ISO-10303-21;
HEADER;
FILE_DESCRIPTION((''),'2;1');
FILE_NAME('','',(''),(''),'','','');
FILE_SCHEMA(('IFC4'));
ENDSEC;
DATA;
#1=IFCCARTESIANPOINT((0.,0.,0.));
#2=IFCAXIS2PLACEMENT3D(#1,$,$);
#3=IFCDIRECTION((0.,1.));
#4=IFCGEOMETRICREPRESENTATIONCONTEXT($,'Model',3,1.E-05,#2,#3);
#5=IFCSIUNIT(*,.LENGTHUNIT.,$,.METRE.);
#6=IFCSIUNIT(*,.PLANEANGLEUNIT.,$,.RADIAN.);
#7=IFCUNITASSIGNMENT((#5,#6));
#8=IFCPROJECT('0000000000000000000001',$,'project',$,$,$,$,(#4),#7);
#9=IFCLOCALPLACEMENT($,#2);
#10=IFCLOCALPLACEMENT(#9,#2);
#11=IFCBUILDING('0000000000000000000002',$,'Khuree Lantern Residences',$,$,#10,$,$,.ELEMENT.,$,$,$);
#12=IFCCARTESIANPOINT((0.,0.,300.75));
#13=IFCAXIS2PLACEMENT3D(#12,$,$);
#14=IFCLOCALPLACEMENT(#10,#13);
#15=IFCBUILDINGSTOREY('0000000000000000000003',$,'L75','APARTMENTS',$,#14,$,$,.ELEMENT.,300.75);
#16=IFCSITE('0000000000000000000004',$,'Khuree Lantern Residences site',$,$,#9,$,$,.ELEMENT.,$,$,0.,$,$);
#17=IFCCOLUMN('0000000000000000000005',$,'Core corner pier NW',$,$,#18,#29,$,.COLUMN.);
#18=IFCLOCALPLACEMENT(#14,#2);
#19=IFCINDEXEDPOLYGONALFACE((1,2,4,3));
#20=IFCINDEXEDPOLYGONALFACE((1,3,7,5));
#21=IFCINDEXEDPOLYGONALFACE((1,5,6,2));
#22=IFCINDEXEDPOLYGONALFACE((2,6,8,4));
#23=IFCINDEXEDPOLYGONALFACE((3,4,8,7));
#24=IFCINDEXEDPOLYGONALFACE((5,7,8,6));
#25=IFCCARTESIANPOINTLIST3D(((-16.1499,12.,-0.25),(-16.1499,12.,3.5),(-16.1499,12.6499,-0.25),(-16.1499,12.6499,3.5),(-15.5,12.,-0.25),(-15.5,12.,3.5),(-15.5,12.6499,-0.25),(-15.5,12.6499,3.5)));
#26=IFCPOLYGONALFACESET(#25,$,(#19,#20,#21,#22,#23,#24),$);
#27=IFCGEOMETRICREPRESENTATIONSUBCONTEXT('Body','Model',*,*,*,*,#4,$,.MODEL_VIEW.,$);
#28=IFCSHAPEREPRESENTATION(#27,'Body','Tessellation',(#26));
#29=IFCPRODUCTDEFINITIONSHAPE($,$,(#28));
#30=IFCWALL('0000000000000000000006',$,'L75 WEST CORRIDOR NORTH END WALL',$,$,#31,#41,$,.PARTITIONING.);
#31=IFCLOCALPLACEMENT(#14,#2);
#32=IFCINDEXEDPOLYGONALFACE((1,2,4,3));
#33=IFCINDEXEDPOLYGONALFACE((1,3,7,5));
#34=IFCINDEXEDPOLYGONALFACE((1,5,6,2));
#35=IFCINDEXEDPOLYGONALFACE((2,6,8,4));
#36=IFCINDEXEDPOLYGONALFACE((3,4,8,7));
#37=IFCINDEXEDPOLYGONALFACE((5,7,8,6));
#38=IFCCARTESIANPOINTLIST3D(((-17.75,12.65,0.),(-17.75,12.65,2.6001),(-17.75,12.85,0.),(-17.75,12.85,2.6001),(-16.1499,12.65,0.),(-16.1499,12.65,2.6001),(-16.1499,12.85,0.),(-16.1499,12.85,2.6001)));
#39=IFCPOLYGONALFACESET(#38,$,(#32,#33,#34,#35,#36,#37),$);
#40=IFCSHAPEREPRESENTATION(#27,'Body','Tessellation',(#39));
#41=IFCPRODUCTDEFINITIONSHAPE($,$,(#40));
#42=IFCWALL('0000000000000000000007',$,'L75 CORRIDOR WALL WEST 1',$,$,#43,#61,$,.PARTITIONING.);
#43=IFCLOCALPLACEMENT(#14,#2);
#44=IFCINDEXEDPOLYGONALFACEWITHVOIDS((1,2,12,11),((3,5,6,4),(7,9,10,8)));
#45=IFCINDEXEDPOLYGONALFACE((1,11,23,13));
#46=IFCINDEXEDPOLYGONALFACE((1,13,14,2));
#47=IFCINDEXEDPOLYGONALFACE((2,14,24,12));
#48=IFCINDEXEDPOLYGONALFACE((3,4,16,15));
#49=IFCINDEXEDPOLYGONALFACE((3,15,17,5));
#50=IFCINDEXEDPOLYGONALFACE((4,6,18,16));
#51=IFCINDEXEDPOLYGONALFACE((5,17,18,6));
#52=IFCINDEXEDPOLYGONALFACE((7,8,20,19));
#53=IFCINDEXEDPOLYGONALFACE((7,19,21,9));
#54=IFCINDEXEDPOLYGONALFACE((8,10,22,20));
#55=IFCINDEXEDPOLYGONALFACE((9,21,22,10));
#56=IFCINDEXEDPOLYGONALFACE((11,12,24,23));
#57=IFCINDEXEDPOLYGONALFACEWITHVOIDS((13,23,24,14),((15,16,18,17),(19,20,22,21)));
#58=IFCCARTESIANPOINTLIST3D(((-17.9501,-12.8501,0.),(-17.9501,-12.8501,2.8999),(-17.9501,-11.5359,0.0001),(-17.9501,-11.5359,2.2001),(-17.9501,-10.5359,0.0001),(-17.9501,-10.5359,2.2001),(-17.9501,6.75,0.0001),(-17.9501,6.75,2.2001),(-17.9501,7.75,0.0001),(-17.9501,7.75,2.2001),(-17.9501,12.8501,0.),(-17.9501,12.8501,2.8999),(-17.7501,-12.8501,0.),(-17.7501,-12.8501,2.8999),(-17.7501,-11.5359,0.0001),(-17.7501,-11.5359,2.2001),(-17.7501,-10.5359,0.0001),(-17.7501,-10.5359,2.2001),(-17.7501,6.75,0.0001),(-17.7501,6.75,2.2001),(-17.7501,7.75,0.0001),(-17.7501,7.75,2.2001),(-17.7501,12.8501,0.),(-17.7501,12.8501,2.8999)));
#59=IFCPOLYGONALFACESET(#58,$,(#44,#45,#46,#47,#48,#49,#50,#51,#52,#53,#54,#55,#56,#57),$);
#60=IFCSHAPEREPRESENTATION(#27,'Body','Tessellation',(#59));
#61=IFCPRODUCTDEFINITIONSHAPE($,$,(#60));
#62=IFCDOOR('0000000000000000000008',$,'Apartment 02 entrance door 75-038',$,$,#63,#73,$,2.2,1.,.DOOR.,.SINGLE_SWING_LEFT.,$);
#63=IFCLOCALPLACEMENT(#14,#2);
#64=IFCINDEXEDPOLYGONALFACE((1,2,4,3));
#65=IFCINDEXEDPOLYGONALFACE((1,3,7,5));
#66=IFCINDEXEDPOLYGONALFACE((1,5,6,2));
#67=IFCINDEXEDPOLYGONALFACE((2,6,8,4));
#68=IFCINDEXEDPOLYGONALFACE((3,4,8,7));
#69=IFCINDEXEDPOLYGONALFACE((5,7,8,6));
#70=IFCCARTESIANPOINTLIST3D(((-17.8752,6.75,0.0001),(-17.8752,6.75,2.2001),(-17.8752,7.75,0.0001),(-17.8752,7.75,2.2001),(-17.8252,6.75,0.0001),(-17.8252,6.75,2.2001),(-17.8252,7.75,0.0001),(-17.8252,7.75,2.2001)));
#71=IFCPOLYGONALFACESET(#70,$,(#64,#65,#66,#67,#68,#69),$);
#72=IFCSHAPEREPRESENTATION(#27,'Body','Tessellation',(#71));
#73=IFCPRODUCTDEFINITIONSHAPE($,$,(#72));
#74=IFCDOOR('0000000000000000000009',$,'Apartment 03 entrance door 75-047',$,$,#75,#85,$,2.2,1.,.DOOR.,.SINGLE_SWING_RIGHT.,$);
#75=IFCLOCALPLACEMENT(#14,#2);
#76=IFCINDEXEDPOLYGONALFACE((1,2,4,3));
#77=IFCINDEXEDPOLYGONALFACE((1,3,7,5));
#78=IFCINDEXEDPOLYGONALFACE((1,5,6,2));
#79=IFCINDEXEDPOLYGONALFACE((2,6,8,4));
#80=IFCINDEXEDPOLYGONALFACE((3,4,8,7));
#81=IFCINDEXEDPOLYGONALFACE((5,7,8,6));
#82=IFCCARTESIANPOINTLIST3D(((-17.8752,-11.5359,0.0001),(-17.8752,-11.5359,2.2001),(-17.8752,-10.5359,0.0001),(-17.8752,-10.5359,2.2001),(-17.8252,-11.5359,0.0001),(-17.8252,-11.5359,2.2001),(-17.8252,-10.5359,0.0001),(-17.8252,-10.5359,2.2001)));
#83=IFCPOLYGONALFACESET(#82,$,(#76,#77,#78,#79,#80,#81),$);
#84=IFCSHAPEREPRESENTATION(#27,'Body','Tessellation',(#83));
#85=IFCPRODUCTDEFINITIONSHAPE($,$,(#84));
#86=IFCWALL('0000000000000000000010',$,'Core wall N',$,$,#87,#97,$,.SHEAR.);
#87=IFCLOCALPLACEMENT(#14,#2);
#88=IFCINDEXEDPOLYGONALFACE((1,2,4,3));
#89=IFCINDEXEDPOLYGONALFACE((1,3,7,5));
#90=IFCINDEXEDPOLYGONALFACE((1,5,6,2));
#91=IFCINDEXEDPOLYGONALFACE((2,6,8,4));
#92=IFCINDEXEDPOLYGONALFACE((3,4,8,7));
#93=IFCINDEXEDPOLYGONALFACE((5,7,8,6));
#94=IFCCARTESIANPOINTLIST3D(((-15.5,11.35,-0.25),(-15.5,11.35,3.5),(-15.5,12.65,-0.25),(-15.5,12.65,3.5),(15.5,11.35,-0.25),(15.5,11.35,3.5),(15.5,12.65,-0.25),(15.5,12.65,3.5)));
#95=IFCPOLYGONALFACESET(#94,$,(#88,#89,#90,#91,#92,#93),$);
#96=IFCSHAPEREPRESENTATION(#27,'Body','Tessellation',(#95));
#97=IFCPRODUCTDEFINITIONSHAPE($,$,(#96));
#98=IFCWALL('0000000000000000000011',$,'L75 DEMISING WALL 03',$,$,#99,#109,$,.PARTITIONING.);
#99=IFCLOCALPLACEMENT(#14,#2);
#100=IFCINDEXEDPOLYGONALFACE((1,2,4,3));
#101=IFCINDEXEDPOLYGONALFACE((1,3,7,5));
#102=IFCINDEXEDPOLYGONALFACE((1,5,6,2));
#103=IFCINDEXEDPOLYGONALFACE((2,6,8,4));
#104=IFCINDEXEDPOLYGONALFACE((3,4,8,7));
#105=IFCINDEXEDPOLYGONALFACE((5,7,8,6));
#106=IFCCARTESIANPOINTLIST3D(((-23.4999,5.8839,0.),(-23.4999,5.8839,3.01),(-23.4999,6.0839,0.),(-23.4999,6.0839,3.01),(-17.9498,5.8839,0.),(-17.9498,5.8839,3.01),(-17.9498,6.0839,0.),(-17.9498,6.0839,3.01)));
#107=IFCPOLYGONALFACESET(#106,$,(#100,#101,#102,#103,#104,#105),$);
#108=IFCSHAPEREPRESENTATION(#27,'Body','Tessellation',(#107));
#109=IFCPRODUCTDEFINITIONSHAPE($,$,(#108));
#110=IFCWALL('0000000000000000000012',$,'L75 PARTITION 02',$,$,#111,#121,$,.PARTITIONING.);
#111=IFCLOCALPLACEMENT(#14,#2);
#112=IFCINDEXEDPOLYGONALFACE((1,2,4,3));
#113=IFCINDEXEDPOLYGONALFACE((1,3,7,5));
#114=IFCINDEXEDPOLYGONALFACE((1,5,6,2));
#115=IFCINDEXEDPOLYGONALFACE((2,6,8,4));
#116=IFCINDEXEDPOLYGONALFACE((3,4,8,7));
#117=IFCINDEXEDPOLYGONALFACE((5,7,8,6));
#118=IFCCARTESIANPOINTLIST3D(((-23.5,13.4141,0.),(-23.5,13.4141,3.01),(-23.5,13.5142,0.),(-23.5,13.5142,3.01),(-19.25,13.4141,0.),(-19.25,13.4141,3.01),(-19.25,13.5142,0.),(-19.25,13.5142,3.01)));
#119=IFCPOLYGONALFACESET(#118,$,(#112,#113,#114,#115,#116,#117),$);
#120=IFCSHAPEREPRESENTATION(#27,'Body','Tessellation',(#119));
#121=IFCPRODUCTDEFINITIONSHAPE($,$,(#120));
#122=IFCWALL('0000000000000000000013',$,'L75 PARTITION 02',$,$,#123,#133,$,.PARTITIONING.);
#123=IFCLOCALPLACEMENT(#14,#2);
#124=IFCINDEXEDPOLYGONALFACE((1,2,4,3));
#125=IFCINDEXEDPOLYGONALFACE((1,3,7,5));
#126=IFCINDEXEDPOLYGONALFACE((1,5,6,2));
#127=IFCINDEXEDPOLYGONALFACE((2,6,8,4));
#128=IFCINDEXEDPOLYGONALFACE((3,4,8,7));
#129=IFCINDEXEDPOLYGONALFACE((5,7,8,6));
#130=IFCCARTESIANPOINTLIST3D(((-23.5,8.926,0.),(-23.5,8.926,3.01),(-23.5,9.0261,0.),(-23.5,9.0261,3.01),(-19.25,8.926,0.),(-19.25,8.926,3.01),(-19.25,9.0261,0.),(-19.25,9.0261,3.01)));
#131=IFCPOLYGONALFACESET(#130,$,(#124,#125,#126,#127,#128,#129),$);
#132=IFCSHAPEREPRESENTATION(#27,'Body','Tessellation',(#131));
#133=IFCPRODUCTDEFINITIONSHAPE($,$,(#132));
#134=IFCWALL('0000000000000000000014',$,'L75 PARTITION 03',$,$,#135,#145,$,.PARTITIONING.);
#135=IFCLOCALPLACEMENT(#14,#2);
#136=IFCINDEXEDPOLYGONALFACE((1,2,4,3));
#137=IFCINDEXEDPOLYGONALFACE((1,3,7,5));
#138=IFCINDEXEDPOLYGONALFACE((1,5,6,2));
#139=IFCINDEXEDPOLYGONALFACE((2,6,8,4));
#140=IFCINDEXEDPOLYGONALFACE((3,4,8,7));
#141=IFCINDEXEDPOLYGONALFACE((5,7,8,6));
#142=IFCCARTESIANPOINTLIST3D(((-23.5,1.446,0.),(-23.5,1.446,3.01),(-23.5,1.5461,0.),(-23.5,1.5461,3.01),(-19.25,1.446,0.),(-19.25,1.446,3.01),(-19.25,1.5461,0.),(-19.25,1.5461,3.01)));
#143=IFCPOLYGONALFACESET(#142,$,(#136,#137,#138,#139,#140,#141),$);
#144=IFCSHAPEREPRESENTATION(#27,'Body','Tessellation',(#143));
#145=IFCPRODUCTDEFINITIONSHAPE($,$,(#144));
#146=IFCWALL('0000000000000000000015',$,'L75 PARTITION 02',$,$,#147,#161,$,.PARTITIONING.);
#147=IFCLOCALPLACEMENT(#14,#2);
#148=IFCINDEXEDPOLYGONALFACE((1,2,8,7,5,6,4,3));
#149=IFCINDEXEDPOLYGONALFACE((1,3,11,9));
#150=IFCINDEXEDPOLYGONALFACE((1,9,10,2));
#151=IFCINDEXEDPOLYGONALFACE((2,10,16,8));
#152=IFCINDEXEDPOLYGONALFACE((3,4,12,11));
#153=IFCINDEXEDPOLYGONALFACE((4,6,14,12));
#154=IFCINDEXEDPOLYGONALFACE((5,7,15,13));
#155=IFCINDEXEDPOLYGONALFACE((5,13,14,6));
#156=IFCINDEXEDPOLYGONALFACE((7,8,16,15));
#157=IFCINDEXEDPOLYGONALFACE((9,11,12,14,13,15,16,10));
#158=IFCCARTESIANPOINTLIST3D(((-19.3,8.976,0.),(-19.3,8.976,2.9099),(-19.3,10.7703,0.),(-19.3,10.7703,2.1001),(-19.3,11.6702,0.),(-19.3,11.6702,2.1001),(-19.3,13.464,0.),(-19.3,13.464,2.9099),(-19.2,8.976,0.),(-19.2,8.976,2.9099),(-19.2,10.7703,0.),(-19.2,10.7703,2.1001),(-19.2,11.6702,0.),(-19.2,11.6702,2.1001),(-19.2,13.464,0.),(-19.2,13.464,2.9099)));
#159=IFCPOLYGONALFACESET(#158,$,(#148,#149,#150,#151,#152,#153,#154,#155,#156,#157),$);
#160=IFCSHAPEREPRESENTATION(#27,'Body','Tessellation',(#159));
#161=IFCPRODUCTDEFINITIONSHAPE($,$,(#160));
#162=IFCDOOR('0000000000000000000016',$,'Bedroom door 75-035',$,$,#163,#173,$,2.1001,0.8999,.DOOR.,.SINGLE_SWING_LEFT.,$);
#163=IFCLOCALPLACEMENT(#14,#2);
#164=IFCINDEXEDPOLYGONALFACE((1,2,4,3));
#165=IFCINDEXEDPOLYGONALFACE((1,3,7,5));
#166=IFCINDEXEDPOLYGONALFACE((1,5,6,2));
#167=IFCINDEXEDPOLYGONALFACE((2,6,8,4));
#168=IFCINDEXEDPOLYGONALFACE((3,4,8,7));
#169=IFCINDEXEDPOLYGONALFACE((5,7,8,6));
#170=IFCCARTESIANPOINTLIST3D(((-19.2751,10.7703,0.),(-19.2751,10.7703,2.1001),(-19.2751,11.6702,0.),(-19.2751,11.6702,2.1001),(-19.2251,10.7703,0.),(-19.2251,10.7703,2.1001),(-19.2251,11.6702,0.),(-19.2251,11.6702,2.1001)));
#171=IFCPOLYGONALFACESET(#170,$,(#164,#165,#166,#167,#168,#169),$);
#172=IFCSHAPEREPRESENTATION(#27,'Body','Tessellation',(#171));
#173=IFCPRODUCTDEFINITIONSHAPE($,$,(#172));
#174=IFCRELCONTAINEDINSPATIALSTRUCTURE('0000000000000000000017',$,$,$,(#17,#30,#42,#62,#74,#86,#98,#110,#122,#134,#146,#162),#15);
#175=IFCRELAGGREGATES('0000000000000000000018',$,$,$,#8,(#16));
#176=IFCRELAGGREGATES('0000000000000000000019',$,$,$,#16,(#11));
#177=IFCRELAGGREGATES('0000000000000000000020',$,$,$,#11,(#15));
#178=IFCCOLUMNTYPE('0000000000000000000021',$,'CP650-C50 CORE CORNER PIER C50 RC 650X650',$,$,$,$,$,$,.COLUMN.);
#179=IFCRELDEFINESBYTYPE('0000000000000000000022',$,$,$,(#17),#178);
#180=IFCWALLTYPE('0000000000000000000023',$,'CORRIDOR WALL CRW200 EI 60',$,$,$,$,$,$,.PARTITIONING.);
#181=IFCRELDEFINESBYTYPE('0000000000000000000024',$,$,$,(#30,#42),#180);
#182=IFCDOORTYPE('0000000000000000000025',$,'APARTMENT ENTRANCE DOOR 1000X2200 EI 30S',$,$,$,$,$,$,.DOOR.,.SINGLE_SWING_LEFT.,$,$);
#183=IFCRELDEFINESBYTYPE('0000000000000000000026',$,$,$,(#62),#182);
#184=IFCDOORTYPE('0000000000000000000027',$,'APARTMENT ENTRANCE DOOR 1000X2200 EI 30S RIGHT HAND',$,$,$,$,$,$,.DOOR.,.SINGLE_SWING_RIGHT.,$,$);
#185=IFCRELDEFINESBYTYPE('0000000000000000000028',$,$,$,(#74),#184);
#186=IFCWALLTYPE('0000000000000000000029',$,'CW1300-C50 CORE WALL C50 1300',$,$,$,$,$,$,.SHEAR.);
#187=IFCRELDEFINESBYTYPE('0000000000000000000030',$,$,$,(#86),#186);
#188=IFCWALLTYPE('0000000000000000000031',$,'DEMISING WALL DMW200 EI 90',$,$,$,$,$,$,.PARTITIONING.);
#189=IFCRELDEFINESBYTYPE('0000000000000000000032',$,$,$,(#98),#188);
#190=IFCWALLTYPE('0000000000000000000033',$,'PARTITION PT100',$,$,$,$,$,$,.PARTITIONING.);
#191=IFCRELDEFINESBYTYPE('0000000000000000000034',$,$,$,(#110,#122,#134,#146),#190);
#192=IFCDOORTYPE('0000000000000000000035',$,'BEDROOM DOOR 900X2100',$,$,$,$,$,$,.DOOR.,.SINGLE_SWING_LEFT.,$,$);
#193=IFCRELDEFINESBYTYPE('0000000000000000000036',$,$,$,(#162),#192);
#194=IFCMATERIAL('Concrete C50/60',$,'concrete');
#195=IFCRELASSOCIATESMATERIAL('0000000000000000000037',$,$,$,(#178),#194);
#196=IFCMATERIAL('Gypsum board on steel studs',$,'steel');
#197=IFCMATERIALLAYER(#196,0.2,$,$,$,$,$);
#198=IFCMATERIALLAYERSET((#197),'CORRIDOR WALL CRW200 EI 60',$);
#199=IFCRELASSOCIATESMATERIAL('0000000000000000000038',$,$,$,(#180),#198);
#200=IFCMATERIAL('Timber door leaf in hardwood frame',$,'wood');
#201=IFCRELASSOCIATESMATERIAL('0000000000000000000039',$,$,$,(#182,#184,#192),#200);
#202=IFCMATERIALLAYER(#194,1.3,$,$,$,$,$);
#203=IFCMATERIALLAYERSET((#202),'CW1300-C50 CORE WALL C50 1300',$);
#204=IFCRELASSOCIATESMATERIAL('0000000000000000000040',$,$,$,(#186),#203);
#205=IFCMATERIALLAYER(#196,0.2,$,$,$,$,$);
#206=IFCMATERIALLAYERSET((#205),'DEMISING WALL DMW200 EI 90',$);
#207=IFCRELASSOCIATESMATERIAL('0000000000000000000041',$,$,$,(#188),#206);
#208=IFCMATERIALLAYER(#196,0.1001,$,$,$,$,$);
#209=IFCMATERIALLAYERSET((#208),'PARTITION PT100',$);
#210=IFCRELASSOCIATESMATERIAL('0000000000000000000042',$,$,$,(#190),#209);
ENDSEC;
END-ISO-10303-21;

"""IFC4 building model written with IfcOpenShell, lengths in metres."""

from ifc_helpers import new_model, si_unit, direction, frame, frame_2d, origin, origin_2d, place, context, subcontext, project, spatial, rectangle, extrude, material, layer, layer_set, material_profile, profile_set, type_object, element, fill, save


model = new_model("IFC4")

# Units and contexts
model_context = context("Model", 3, precision=1e-05, world=origin(), true_north=direction((0.0, 1.0)))
body_context = subcontext(model_context, "Body", "Model", "MODEL_VIEW")
ifc_project = project(units=[si_unit("LENGTHUNIT", "METRE"), si_unit("PLANEANGLEUNIT", "RADIAN")], contexts=[model_context])

# Site, building, storey
site_placement = place(None, origin())
site = spatial("IfcSite", under=ifc_project, at=site_placement, Name="Khuree Lantern Residences site", CompositionType="ELEMENT", RefElevation=0.0)
building_placement = place(site_placement, origin())
building = spatial("IfcBuilding", under=site, at=building_placement, Name="Khuree Lantern Residences", CompositionType="ELEMENT")
storey_placement = place(building_placement, frame((0.0, 0.0, 300.75)))
storey = spatial("IfcBuildingStorey", under=building, at=storey_placement, Name="L75", Description="APARTMENTS", CompositionType="ELEMENT", Elevation=300.75)

# Column
ifc_material_1 = material(Name="Concrete C50/60", Category="concrete")
ifc_material_profile = material_profile(ifc_material_1, rectangle(XDim=0.6499, YDim=0.6499, at=origin_2d()), Name="RC 650X650")
ifc_profile_set = profile_set([ifc_material_profile], Name="Concrete C50/60")
column_type = type_object("IfcColumnType", Name="CP650-C50 CORE CORNER PIER C50 RC 650X650", PredefinedType="COLUMN", material=ifc_profile_set)
column_placement = place(storey_placement, frame((-15.825, 12.325, -0.25), z_axis=(0.0, 0.0, 1.0), x_axis=(1.0, 0.0, 0.0)))
element("IfcColumn", 1, at=column_placement, inside=storey, type_object=column_type, Name="Core corner pier NW", PredefinedType="COLUMN", context=body_context, shape_type="SweptSolid", body=[
    extrude(rectangle(XDim=0.6499, YDim=0.6499, at=origin_2d()), origin(), (0.0, 0.0, 1.0), 3.75),
])

# Wall
ifc_material_2 = material(Name="Gypsum board on steel studs", Category="steel")
ifc_layer_1 = layer(ifc_material_2, 0.2)
ifc_layer_set_1 = layer_set([ifc_layer_1], Name="CORRIDOR WALL CRW200 EI 60")
wall_type_1 = type_object("IfcWallType", Name="CORRIDOR WALL CRW200 EI 60", PredefinedType="PARTITIONING", material=ifc_layer_set_1)
wall_1_placement = place(storey_placement, frame((-16.1499, 12.75, 0.0), z_axis=(0.0, 0.0, 1.0), x_axis=(-1.0, 0.0, 0.0)))
element("IfcWall", 2, at=wall_1_placement, inside=storey, type_object=wall_type_1, Name="L75 WEST CORRIDOR NORTH END WALL", PredefinedType="PARTITIONING", context=body_context, shape_type="SweptSolid", body=[
    extrude(rectangle(XDim=1.6001, YDim=0.2, at=frame_2d((0.8, 0.0))), origin(), (0.0, 0.0, 1.0), 2.6001),
])

# Wall, openings, doors
wall_2_placement = place(storey_placement, frame((-17.8501, 12.8501, 0.0), z_axis=(0.0, 0.0, 1.0), x_axis=(0.0, -1.0, 0.0)))
wall_2 = element("IfcWall", 3, at=wall_2_placement, inside=storey, type_object=wall_type_1, Name="L75 CORRIDOR WALL WEST 1", PredefinedType="PARTITIONING", context=body_context, shape_type="SweptSolid", body=[
    extrude(rectangle(XDim=25.7002, YDim=0.2, at=frame_2d((12.8501, 0.0))), origin(), (0.0, 0.0, 1.0), 2.8999),
])
opening_1_placement = place(wall_2_placement, frame((5.1001, 0.0, 0.0)))
opening_1 = element("IfcOpeningElement", 4, at=opening_1_placement, cuts=wall_2, PredefinedType="OPENING", context=body_context, shape_type="SweptSolid", body=[
    extrude(rectangle(XDim=1.0, YDim=2.2, at=frame_2d((0.5, 1.1001))), frame((0.0, 0.1099, 0.0), z_axis=(0.0, -1.0, 0.0), x_axis=(1.0, 0.0, 0.0)), (0.0, 0.0, 1.0), 0.22),
])
opening_2_placement = place(wall_2_placement, frame((23.386, 0.0, 0.0)))
opening_2 = element("IfcOpeningElement", 5, at=opening_2_placement, cuts=wall_2, PredefinedType="OPENING", context=body_context, shape_type="SweptSolid", body=[
    extrude(rectangle(XDim=1.0, YDim=2.2, at=frame_2d((0.5, 1.1001))), frame((0.0, 0.1099, 0.0), z_axis=(0.0, -1.0, 0.0), x_axis=(1.0, 0.0, 0.0)), (0.0, 0.0, 1.0), 0.22),
])
ifc_material_3 = material(Name="Timber door leaf in hardwood frame", Category="wood")
door_type_1 = type_object("IfcDoorType", Name="APARTMENT ENTRANCE DOOR 1000X2200 EI 30S", OperationType="SINGLE_SWING_LEFT", PredefinedType="DOOR", material=ifc_material_3)
door_1_placement = place(opening_1_placement, origin())
door_1 = element("IfcDoor", 6, at=door_1_placement, inside=storey, type_object=door_type_1, Name="Apartment 02 entrance door 75-038", OperationType="SINGLE_SWING_LEFT", OverallHeight=2.2, OverallWidth=1.0, PredefinedType="DOOR", context=body_context, shape_type="SweptSolid", body=[
    extrude(rectangle(XDim=1.0, YDim=2.2, at=frame_2d((0.5, 1.1001))), frame((0.0, 0.0249, 0.0), z_axis=(0.0, -1.0, 0.0), x_axis=(1.0, 0.0, 0.0)), (0.0, 0.0, 1.0), 0.05),
])
fill(opening_1, door_1)
door_type_2 = type_object("IfcDoorType", Name="APARTMENT ENTRANCE DOOR 1000X2200 EI 30S RIGHT HAND", OperationType="SINGLE_SWING_RIGHT", PredefinedType="DOOR", material=ifc_material_3)
door_2_placement = place(opening_2_placement, origin())
door_2 = element("IfcDoor", 7, at=door_2_placement, inside=storey, type_object=door_type_2, Name="Apartment 03 entrance door 75-047", OperationType="SINGLE_SWING_RIGHT", OverallHeight=2.2, OverallWidth=1.0, PredefinedType="DOOR", context=body_context, shape_type="SweptSolid", body=[
    extrude(rectangle(XDim=1.0, YDim=2.2, at=frame_2d((0.5, 1.1001))), frame((0.0, 0.0249, 0.0), z_axis=(0.0, -1.0, 0.0), x_axis=(1.0, 0.0, 0.0)), (0.0, 0.0, 1.0), 0.05),
])
fill(opening_2, door_2)

# Walls
ifc_layer_2 = layer(ifc_material_1, 1.3)
ifc_layer_set_2 = layer_set([ifc_layer_2], Name="CW1300-C50 CORE WALL C50 1300")
wall_type_2 = type_object("IfcWallType", Name="CW1300-C50 CORE WALL C50 1300", PredefinedType="SHEAR", material=ifc_layer_set_2)
wall_3_placement = place(storey_placement, frame((-15.5, 12.0, -0.25), z_axis=(0.0, 0.0, 1.0), x_axis=(1.0, 0.0, 0.0)))
element("IfcWall", 8, at=wall_3_placement, inside=storey, type_object=wall_type_2, Name="Core wall N", PredefinedType="SHEAR", context=body_context, shape_type="SweptSolid", body=[
    extrude(rectangle(XDim=31.0, YDim=1.3, at=frame_2d((15.5, 0.0))), origin(), (0.0, 0.0, 1.0), 3.75),
])
ifc_layer_3 = layer(ifc_material_2, 0.2)
ifc_layer_set_3 = layer_set([ifc_layer_3], Name="DEMISING WALL DMW200 EI 90")
wall_type_3 = type_object("IfcWallType", Name="DEMISING WALL DMW200 EI 90", PredefinedType="PARTITIONING", material=ifc_layer_set_3)
wall_4_placement = place(storey_placement, frame((-17.95, 5.9839, 0.0), z_axis=(0.0, 0.0, 1.0), x_axis=(-1.0, 0.0, 0.0)))
element("IfcWall", 9, at=wall_4_placement, inside=storey, type_object=wall_type_3, Name="L75 DEMISING WALL 03", PredefinedType="PARTITIONING", context=body_context, shape_type="SweptSolid", body=[
    extrude(rectangle(XDim=5.55, YDim=0.2, at=frame_2d((2.7749, 0.0))), origin(), (0.0, 0.0, 1.0), 3.01),
])
ifc_layer_4 = layer(ifc_material_2, 0.1001)
ifc_layer_set_4 = layer_set([ifc_layer_4], Name="PARTITION PT100")
wall_type_4 = type_object("IfcWallType", Name="PARTITION PT100", PredefinedType="PARTITIONING", material=ifc_layer_set_4)
for number, where, z_axis, x_axis, name in (
    (10, (-19.25, 13.4641, 0.0), (0.0, 0.0, 1.0), (-1.0, 0.0, 0.0), "L75 PARTITION 02"),
    (11, (-19.25, 8.9761, 0.0), (0.0, 0.0, 1.0), (-1.0, 0.0, 0.0), "L75 PARTITION 02"),
    (12, (-19.25, 1.4961, 0.0), (0.0, 0.0, 1.0), (-1.0, 0.0, 0.0), "L75 PARTITION 03"),
):
    element("IfcWall", number, at=place(storey_placement, frame(where, z_axis=z_axis, x_axis=x_axis)), inside=storey, type_object=wall_type_4, Name=name, PredefinedType="PARTITIONING", context=body_context, shape_type="SweptSolid", body=[
        extrude(rectangle(XDim=4.25, YDim=0.1001, at=frame_2d((2.125, 0.0))), origin(), (0.0, 0.0, 1.0), 3.01),
    ])

# Wall, opening, door
wall_5_placement = place(storey_placement, frame((-19.25, 13.4641, 0.0), z_axis=(0.0, 0.0, 1.0), x_axis=(0.0, -1.0, 0.0)))
wall_5 = element("IfcWall", 13, at=wall_5_placement, inside=storey, type_object=wall_type_4, Name="L75 PARTITION 02", PredefinedType="PARTITIONING", context=body_context, shape_type="SweptSolid", body=[
    extrude(rectangle(XDim=4.488, YDim=0.1001, at=frame_2d((2.2441, 0.0))), origin(), (0.0, 0.0, 1.0), 2.9099),
])
opening_3_placement = place(wall_5_placement, frame((1.7939, 0.0, 0.0)))
opening_3 = element("IfcOpeningElement", 14, at=opening_3_placement, cuts=wall_5, PredefinedType="OPENING", context=body_context, shape_type="SweptSolid", body=[
    extrude(rectangle(XDim=0.8999, YDim=2.1001, at=frame_2d((0.45, 1.05))), frame((0.0, 0.0601, 0.0), z_axis=(0.0, -1.0, 0.0), x_axis=(1.0, 0.0, 0.0)), (0.0, 0.0, 1.0), 0.1201),
])
door_type_3 = type_object("IfcDoorType", Name="BEDROOM DOOR 900X2100", OperationType="SINGLE_SWING_LEFT", PredefinedType="DOOR", material=ifc_material_3)
door_3_placement = place(opening_3_placement, origin())
door_3 = element("IfcDoor", 15, at=door_3_placement, inside=storey, type_object=door_type_3, Name="Bedroom door 75-035", OperationType="SINGLE_SWING_LEFT", OverallHeight=2.1001, OverallWidth=0.8999, PredefinedType="DOOR", context=body_context, shape_type="SweptSolid", body=[
    extrude(rectangle(XDim=0.8999, YDim=2.1001, at=frame_2d((0.45, 1.05))), frame((0.0, 0.0249, 0.0), z_axis=(0.0, -1.0, 0.0), x_axis=(1.0, 0.0, 0.0)), (0.0, 0.0, 1.0), 0.05),
])
fill(opening_3, door_3)

save(model, "model.ifc")
